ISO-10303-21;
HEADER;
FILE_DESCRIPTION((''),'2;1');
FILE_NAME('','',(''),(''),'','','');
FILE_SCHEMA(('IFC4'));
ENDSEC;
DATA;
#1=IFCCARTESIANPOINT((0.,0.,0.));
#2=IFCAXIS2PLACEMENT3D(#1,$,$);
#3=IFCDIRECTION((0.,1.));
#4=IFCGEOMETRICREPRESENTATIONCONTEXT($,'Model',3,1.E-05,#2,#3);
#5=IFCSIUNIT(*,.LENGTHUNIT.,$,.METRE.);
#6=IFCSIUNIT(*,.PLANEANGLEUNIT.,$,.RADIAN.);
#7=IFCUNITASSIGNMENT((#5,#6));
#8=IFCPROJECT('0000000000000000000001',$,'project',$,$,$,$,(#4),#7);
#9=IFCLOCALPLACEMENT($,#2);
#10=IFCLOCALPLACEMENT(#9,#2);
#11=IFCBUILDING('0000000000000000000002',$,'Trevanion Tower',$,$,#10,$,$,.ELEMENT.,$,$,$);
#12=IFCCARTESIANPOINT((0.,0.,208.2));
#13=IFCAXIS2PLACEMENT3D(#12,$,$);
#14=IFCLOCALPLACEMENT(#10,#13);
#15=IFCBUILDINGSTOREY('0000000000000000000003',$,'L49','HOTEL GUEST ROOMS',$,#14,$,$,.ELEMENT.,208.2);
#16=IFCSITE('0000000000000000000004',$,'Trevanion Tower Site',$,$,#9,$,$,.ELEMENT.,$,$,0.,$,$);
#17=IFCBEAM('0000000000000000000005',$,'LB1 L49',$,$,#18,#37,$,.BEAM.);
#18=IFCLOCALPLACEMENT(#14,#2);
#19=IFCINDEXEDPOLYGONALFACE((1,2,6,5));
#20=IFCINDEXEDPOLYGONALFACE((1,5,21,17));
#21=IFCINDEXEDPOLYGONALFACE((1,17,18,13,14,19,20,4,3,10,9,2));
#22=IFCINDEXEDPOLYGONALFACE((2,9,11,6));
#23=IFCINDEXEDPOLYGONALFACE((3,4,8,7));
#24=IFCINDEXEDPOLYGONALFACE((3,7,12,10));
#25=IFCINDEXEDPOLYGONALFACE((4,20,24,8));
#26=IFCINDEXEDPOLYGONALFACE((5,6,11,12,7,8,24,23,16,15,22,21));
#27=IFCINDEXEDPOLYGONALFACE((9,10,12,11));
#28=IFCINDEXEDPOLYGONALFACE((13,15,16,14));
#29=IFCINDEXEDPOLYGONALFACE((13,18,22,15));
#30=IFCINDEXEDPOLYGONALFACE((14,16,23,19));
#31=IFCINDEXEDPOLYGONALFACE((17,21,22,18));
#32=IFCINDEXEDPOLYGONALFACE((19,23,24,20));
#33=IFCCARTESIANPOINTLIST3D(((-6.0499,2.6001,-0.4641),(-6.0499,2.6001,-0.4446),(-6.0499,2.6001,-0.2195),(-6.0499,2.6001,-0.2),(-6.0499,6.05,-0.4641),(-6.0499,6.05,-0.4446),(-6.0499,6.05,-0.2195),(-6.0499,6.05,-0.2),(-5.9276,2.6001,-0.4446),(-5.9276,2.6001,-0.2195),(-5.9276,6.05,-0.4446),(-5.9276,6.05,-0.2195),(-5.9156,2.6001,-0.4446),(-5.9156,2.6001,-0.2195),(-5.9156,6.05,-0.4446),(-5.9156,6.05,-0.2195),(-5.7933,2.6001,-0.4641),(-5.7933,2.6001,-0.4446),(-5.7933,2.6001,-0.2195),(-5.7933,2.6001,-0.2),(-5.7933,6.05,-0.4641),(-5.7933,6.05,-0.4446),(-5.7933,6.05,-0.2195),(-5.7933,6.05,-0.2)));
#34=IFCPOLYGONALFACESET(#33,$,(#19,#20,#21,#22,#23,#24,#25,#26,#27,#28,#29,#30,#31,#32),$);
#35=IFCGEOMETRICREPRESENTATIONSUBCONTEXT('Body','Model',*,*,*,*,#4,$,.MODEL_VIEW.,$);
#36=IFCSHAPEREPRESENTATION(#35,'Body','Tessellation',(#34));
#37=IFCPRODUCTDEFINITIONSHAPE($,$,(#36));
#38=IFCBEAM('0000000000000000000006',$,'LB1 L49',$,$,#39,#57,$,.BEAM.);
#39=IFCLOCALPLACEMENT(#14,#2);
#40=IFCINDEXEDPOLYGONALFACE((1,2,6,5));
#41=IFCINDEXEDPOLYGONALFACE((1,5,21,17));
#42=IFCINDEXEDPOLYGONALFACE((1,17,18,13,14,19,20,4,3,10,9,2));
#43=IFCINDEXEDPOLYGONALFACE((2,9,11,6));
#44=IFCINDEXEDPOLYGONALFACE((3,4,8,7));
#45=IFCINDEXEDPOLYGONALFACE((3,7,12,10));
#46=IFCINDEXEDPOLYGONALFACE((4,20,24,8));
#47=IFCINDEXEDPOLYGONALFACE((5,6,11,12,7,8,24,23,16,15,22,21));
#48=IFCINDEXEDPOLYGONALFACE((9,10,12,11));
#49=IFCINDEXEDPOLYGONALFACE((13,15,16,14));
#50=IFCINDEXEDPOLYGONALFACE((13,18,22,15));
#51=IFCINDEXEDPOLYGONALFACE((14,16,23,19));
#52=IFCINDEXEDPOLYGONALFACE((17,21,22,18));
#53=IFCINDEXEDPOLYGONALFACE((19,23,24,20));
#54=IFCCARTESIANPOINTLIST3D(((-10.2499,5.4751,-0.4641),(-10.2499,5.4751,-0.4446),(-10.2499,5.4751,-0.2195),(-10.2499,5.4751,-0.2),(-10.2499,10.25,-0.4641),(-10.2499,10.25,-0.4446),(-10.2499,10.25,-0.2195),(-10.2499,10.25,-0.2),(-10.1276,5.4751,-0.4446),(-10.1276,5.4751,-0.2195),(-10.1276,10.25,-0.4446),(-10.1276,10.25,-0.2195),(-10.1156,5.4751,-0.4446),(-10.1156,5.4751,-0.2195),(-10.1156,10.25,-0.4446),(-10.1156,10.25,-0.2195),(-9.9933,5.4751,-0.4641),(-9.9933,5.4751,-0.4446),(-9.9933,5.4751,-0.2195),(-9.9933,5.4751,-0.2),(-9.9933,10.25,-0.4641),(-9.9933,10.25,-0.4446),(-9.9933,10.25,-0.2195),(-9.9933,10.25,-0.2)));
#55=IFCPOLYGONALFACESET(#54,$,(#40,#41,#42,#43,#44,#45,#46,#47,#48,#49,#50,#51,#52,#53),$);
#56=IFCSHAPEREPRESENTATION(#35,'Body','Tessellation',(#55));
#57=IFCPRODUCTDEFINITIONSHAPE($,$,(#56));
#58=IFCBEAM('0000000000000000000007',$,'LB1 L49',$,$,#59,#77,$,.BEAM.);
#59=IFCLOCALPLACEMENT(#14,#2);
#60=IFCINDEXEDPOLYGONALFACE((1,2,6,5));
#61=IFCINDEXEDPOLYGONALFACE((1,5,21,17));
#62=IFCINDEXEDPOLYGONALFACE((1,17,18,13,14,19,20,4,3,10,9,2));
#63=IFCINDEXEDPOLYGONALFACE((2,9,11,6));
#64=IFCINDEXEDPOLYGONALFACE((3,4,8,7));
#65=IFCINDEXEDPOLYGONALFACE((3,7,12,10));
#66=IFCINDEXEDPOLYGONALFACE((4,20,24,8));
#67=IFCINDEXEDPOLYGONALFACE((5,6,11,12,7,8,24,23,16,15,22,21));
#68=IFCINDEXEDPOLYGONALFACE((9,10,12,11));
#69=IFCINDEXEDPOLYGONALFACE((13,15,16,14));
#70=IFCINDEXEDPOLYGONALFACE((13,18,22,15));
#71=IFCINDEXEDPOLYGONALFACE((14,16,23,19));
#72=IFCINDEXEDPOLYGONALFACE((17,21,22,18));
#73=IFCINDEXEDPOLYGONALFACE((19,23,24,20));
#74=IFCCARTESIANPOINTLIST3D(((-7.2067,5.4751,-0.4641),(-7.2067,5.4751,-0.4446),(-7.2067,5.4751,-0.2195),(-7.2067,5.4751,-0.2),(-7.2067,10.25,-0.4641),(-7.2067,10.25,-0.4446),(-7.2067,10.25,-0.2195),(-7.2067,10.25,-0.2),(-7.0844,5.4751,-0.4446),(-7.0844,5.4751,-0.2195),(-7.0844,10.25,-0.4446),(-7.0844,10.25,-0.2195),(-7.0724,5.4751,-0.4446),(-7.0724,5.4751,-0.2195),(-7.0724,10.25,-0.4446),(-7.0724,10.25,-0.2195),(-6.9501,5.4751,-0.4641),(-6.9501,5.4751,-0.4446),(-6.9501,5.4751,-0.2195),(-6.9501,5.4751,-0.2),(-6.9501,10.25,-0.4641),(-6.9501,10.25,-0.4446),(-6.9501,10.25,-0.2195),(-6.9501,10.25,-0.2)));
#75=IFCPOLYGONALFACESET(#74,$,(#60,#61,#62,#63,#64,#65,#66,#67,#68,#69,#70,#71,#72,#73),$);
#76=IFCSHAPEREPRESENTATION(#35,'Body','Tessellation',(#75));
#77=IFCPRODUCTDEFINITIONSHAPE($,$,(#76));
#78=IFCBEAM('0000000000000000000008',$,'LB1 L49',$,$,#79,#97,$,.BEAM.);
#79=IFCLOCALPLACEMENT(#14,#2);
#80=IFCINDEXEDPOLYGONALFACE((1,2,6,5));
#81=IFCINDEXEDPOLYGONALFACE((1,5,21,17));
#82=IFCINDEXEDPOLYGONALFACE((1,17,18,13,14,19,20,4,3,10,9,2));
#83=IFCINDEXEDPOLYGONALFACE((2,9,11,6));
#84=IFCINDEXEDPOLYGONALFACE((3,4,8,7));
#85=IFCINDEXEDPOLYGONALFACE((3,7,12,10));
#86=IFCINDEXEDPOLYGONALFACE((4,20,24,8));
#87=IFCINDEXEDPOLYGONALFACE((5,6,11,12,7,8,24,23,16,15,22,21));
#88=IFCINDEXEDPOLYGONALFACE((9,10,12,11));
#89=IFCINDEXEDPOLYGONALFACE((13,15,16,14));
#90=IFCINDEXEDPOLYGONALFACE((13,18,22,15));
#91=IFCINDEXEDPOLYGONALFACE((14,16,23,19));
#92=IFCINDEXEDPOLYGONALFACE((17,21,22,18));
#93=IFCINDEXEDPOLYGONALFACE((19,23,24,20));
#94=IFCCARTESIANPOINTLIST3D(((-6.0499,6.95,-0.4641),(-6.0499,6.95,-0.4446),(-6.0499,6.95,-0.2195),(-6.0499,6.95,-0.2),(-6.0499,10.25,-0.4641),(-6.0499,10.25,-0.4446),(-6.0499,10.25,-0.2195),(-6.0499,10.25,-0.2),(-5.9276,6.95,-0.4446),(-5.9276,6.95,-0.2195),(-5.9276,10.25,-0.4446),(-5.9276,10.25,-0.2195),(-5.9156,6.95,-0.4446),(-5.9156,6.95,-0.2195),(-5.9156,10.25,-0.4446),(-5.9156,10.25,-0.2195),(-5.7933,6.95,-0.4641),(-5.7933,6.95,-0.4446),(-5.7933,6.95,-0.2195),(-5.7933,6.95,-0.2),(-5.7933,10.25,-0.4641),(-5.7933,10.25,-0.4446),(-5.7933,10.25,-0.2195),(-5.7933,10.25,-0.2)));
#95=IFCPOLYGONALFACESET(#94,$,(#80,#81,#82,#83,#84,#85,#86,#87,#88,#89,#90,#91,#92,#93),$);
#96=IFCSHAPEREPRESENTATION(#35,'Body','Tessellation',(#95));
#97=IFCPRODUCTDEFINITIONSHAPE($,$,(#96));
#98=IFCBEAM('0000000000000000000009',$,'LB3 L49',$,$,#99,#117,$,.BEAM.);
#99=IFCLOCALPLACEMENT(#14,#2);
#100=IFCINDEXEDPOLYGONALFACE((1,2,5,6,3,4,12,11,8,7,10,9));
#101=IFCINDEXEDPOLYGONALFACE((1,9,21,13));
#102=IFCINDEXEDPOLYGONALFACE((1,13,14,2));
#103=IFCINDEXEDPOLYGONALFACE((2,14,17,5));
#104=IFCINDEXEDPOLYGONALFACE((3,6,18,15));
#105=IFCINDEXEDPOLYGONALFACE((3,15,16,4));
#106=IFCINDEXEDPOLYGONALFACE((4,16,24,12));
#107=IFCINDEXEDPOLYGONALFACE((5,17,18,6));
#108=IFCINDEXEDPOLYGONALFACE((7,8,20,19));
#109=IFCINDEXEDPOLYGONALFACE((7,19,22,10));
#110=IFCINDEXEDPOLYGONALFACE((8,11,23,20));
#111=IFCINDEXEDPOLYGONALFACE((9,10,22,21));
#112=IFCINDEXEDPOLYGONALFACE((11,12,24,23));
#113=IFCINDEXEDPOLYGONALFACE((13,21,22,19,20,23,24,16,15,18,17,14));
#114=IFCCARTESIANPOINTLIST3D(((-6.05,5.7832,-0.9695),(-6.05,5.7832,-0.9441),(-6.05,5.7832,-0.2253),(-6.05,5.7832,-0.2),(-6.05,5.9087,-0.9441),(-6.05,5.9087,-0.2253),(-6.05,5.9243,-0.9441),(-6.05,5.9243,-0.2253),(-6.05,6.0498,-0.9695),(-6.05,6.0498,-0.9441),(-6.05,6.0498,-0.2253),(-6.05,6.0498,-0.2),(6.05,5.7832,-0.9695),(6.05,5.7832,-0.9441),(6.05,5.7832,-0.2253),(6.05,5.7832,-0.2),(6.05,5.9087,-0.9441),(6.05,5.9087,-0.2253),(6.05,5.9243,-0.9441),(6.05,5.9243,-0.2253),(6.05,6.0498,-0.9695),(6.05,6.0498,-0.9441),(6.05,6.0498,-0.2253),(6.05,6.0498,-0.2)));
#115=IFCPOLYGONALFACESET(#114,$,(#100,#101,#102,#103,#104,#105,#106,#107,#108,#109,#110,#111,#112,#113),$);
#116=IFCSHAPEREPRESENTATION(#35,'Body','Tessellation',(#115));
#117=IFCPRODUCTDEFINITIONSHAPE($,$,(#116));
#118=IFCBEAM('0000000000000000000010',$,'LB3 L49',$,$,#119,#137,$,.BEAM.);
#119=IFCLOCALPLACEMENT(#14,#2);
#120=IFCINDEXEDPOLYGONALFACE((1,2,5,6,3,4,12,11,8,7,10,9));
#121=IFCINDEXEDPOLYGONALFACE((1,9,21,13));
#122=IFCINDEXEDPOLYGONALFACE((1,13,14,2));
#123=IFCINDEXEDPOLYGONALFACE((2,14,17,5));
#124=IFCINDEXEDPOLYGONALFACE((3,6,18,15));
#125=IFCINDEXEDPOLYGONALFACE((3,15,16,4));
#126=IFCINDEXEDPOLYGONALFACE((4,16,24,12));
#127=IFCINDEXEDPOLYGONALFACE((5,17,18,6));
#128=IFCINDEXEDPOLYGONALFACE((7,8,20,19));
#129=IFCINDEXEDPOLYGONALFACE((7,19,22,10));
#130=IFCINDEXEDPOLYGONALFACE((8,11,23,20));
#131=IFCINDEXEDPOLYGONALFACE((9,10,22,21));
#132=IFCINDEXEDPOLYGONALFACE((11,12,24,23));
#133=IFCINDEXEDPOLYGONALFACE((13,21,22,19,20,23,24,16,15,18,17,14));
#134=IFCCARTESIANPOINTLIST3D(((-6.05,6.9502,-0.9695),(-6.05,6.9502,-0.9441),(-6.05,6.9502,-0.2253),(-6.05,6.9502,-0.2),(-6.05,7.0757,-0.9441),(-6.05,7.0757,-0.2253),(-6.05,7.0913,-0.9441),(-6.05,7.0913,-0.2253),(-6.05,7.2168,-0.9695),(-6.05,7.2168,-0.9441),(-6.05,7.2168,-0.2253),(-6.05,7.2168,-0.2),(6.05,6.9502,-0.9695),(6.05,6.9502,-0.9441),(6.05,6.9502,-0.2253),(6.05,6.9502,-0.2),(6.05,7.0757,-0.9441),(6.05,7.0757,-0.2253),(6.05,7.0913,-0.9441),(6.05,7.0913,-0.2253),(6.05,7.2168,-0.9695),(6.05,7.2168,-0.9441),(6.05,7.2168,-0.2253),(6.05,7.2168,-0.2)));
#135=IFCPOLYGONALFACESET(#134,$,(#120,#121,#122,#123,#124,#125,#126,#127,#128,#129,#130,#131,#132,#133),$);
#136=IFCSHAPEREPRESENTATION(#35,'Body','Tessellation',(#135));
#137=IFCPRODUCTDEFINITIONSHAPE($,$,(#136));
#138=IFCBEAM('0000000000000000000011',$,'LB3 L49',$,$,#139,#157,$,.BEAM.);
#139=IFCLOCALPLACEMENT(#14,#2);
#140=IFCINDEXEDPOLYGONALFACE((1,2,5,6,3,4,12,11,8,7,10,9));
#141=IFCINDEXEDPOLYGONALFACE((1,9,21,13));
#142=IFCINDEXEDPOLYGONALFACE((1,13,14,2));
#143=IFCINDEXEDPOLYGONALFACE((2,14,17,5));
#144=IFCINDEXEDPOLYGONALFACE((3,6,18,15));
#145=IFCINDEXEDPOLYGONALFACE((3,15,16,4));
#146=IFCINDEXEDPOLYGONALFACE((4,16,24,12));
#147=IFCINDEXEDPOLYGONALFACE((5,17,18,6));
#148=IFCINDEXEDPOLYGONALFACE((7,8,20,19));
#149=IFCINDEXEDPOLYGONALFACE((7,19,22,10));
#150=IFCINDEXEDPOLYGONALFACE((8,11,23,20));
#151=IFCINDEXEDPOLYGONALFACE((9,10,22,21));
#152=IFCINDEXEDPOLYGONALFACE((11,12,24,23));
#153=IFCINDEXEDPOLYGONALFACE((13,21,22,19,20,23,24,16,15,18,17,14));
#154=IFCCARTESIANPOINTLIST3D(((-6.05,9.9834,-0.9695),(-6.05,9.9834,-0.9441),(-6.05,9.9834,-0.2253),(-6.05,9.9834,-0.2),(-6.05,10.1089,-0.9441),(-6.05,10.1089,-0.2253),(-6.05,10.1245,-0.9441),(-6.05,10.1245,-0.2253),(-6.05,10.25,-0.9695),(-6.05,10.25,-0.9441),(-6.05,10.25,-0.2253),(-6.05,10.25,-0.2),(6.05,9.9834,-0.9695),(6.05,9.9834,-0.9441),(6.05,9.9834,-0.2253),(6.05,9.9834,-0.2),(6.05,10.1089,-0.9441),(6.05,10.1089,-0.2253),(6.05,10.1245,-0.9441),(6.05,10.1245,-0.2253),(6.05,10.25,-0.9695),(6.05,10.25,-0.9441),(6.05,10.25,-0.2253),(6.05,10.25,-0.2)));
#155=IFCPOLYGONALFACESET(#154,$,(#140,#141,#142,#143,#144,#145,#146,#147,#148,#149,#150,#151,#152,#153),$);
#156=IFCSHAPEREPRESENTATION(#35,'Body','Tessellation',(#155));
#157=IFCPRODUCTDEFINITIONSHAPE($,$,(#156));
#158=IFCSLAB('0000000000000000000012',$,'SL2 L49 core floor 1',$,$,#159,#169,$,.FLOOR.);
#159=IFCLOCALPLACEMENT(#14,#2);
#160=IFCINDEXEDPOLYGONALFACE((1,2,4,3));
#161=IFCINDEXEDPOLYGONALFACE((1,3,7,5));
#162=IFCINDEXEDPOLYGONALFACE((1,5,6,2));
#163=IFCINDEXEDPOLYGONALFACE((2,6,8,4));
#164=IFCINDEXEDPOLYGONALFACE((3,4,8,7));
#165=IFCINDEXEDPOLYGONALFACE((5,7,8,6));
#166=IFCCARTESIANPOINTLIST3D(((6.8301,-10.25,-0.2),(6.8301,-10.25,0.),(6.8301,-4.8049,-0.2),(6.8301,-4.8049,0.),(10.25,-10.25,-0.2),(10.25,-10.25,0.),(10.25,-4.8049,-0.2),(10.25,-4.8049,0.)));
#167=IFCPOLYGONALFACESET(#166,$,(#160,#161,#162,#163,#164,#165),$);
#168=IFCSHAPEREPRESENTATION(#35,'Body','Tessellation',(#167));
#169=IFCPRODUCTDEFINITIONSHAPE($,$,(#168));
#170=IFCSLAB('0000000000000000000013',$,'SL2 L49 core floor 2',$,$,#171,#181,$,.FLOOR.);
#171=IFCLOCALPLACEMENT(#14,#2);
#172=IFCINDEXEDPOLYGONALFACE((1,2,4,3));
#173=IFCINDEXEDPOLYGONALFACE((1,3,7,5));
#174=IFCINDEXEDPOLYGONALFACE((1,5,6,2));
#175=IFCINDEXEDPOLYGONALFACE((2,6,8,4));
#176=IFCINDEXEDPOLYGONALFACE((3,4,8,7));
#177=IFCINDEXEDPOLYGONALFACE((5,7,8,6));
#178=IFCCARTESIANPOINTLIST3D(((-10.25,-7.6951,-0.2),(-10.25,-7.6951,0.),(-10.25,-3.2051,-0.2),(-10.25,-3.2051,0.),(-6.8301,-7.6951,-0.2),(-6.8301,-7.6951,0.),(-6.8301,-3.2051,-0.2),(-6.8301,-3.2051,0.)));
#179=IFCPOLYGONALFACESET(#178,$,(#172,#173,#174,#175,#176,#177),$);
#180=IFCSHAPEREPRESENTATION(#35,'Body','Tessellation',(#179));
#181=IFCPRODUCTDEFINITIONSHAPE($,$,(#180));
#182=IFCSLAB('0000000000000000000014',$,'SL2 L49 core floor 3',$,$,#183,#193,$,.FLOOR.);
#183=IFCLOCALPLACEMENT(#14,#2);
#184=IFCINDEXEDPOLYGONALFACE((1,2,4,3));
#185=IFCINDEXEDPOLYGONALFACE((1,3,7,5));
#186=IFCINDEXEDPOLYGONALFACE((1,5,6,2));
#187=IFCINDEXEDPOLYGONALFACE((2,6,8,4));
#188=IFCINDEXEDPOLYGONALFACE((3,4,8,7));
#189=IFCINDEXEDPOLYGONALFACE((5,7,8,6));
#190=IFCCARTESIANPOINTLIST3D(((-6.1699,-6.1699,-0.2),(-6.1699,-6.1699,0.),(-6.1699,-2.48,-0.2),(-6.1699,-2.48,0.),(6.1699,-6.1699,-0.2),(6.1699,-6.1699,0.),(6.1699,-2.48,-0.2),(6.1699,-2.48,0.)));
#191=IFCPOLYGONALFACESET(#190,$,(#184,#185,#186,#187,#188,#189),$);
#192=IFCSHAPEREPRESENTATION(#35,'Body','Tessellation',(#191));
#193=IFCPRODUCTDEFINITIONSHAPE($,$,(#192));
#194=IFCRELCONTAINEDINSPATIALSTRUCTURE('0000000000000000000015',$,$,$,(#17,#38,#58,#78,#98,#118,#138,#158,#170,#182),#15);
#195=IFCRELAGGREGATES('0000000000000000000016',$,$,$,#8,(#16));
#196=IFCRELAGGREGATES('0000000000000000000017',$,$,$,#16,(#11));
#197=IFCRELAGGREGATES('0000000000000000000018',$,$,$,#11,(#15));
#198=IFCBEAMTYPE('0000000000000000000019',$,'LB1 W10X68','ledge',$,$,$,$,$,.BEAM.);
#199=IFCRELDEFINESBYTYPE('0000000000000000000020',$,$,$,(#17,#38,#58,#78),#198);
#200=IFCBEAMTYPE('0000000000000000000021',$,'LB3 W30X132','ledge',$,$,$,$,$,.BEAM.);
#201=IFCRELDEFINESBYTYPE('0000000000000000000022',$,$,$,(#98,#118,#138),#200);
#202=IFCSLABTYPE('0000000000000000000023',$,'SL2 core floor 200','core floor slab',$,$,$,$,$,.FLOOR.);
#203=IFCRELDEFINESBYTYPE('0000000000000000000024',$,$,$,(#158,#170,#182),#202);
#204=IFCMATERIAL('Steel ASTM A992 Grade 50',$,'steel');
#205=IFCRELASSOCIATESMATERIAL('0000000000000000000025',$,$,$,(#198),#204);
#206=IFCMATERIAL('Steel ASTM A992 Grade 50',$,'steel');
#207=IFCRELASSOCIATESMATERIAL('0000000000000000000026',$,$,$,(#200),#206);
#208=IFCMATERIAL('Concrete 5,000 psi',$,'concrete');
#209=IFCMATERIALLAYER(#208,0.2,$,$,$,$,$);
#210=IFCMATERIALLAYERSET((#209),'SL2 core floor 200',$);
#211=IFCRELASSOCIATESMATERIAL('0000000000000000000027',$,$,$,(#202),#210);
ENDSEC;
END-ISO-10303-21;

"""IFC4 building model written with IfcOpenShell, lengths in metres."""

from ifc_helpers import new_model, si_unit, direction, frame, origin, origin_2d, place, context, subcontext, project, spatial, polyline, i_section, outline, extrude, material, layer, layer_set, material_profile, profile_set, type_object, element, save


model = new_model("IFC4")

# Units and contexts
model_context = context("Model", 3, precision=1e-05, world=origin(), true_north=direction((0.0, 1.0)))
body_context = subcontext(model_context, "Body", "Model", "MODEL_VIEW")
ifc_project = project(units=[si_unit("LENGTHUNIT", "METRE"), si_unit("PLANEANGLEUNIT", "RADIAN")], contexts=[model_context])

# Site, building, storey
site_placement = place(None, origin())
site = spatial("IfcSite", under=ifc_project, at=site_placement, Name="Trevanion Tower Site", CompositionType="ELEMENT", RefElevation=0.0)
building_placement = place(site_placement, origin())
building = spatial("IfcBuilding", under=site, at=building_placement, Name="Trevanion Tower", CompositionType="ELEMENT")
storey_placement = place(building_placement, frame((0.0, 0.0, 208.2)))
storey = spatial("IfcBuildingStorey", under=building, at=storey_placement, Name="L49", Description="HOTEL GUEST ROOMS", CompositionType="ELEMENT", Elevation=208.2)

# Beams
ifc_material_1 = material(Name="Steel ASTM A992 Grade 50", Category="steel")
ifc_material_profile_1 = material_profile(ifc_material_1, i_section(OverallWidth=0.2566, OverallDepth=0.2642, WebThickness=0.012, FlangeThickness=0.0195, at=origin_2d()), Name="W10X68")
ifc_profile_set_1 = profile_set([ifc_material_profile_1], Name="Steel ASTM A992 Grade 50")
beam_type_1 = type_object("IfcBeamType", Name="LB1 W10X68", Description="ledge", PredefinedType="BEAM", material=ifc_profile_set_1)
beam_1_placement = place(storey_placement, frame((-5.9216, 2.6001, -0.332), z_axis=(0.0, 1.0, 0.0), x_axis=(-1.0, 0.0, 0.0)))
element("IfcBeam", 1, at=beam_1_placement, inside=storey, type_object=beam_type_1, Name="LB1 L49", PredefinedType="BEAM", context=body_context, shape_type="SweptSolid", body=[
    extrude(i_section(OverallWidth=0.2566, OverallDepth=0.2642, WebThickness=0.012, FlangeThickness=0.0195, at=origin_2d()), origin(), (0.0, 0.0, 1.0), 3.45),
])
for number, where, z_axis, x_axis, name in (
    (2, (-10.1216, 5.4751, -0.332), (0.0, 1.0, 0.0), (-1.0, 0.0, 0.0), "LB1 L49"),
    (3, (-7.0784, 5.4751, -0.332), (0.0, 1.0, 0.0), (-1.0, 0.0, 0.0), "LB1 L49"),
):
    element("IfcBeam", number, at=place(storey_placement, frame(where, z_axis=z_axis, x_axis=x_axis)), inside=storey, type_object=beam_type_1, Name=name, PredefinedType="BEAM", context=body_context, shape_type="SweptSolid", body=[
        extrude(i_section(OverallWidth=0.2566, OverallDepth=0.2642, WebThickness=0.012, FlangeThickness=0.0195, at=origin_2d()), origin(), (0.0, 0.0, 1.0), 4.7749),
    ])
beam_2_placement = place(storey_placement, frame((-5.9216, 6.95, -0.332), z_axis=(0.0, 1.0, 0.0), x_axis=(-1.0, 0.0, 0.0)))
element("IfcBeam", 4, at=beam_2_placement, inside=storey, type_object=beam_type_1, Name="LB1 L49", PredefinedType="BEAM", context=body_context, shape_type="SweptSolid", body=[
    extrude(i_section(OverallWidth=0.2566, OverallDepth=0.2642, WebThickness=0.012, FlangeThickness=0.0195, at=origin_2d()), origin(), (0.0, 0.0, 1.0), 3.3),
])
ifc_material_2 = material(Name="Steel ASTM A992 Grade 50", Category="steel")
ifc_material_profile_2 = material_profile(ifc_material_2, i_section(OverallWidth=0.2666, OverallDepth=0.7695, WebThickness=0.0156, FlangeThickness=0.0254, at=origin_2d()), Name="W30X132")
ifc_profile_set_2 = profile_set([ifc_material_profile_2], Name="Steel ASTM A992 Grade 50")
beam_type_2 = type_object("IfcBeamType", Name="LB3 W30X132", Description="ledge", PredefinedType="BEAM", material=ifc_profile_set_2)
for number, where, z_axis, x_axis, name in (
    (5, (-6.05, 5.9165, -0.5847), (1.0, 0.0, 0.0), (0.0, 1.0, 0.0), "LB3 L49"),
    (6, (-6.05, 7.0835, -0.5847), (1.0, 0.0, 0.0), (0.0, 1.0, 0.0), "LB3 L49"),
    (7, (-6.05, 10.1167, -0.5847), (1.0, 0.0, 0.0), (0.0, 1.0, 0.0), "LB3 L49"),
):
    element("IfcBeam", number, at=place(storey_placement, frame(where, z_axis=z_axis, x_axis=x_axis)), inside=storey, type_object=beam_type_2, Name=name, PredefinedType="BEAM", context=body_context, shape_type="SweptSolid", body=[
        extrude(i_section(OverallWidth=0.2666, OverallDepth=0.7695, WebThickness=0.0156, FlangeThickness=0.0254, at=origin_2d()), origin(), (0.0, 0.0, 1.0), 12.1001),
    ])

# Slabs
ifc_material_3 = material(Name="Concrete 5,000 psi", Category="concrete")
ifc_layer_1 = layer(ifc_material_3, 0.2)
ifc_layer_set_1 = layer_set([ifc_layer_1], Name="SL2 core floor 200")
slab_type_1 = type_object("IfcSlabType", Name="SL2 core floor 200", Description="core floor slab", PredefinedType="FLOOR", material=ifc_layer_set_1)
slab_1_placement = place(storey_placement, frame((0.0, 0.0, -0.2)))
element("IfcSlab", 8, at=slab_1_placement, inside=storey, type_object=slab_type_1, Name="SL2 L49 core floor 1", PredefinedType="FLOOR", context=body_context, shape_type="SweptSolid", body=[
    extrude(outline(polyline([(10.25, -4.8049), (10.25, -10.25), (6.8301, -10.25), (6.8301, -4.8049), (10.25, -4.8049)])), origin(), (0.0, 0.0, 1.0), 0.2),
])
slab_2_placement = place(storey_placement, frame((0.0, 0.0, -0.2)))
element("IfcSlab", 9, at=slab_2_placement, inside=storey, type_object=slab_type_1, Name="SL2 L49 core floor 2", PredefinedType="FLOOR", context=body_context, shape_type="SweptSolid", body=[
    extrude(outline(polyline([(-6.8301, -3.2051), (-6.8301, -7.6951), (-10.25, -7.6951), (-10.25, -3.2051), (-6.8301, -3.2051)])), origin(), (0.0, 0.0, 1.0), 0.2),
])
slab_3_placement = place(storey_placement, frame((0.0, 0.0, -0.2)))
element("IfcSlab", 10, at=slab_3_placement, inside=storey, type_object=slab_type_1, Name="SL2 L49 core floor 3", PredefinedType="FLOOR", context=body_context, shape_type="SweptSolid", body=[
    extrude(outline(polyline([(6.1699, -6.1699), (-6.1699, -6.1699), (-6.1699, -2.48), (6.1699, -2.48), (6.1699, -6.1699)])), origin(), (0.0, 0.0, 1.0), 0.2),
])

save(model, "model.ifc")
